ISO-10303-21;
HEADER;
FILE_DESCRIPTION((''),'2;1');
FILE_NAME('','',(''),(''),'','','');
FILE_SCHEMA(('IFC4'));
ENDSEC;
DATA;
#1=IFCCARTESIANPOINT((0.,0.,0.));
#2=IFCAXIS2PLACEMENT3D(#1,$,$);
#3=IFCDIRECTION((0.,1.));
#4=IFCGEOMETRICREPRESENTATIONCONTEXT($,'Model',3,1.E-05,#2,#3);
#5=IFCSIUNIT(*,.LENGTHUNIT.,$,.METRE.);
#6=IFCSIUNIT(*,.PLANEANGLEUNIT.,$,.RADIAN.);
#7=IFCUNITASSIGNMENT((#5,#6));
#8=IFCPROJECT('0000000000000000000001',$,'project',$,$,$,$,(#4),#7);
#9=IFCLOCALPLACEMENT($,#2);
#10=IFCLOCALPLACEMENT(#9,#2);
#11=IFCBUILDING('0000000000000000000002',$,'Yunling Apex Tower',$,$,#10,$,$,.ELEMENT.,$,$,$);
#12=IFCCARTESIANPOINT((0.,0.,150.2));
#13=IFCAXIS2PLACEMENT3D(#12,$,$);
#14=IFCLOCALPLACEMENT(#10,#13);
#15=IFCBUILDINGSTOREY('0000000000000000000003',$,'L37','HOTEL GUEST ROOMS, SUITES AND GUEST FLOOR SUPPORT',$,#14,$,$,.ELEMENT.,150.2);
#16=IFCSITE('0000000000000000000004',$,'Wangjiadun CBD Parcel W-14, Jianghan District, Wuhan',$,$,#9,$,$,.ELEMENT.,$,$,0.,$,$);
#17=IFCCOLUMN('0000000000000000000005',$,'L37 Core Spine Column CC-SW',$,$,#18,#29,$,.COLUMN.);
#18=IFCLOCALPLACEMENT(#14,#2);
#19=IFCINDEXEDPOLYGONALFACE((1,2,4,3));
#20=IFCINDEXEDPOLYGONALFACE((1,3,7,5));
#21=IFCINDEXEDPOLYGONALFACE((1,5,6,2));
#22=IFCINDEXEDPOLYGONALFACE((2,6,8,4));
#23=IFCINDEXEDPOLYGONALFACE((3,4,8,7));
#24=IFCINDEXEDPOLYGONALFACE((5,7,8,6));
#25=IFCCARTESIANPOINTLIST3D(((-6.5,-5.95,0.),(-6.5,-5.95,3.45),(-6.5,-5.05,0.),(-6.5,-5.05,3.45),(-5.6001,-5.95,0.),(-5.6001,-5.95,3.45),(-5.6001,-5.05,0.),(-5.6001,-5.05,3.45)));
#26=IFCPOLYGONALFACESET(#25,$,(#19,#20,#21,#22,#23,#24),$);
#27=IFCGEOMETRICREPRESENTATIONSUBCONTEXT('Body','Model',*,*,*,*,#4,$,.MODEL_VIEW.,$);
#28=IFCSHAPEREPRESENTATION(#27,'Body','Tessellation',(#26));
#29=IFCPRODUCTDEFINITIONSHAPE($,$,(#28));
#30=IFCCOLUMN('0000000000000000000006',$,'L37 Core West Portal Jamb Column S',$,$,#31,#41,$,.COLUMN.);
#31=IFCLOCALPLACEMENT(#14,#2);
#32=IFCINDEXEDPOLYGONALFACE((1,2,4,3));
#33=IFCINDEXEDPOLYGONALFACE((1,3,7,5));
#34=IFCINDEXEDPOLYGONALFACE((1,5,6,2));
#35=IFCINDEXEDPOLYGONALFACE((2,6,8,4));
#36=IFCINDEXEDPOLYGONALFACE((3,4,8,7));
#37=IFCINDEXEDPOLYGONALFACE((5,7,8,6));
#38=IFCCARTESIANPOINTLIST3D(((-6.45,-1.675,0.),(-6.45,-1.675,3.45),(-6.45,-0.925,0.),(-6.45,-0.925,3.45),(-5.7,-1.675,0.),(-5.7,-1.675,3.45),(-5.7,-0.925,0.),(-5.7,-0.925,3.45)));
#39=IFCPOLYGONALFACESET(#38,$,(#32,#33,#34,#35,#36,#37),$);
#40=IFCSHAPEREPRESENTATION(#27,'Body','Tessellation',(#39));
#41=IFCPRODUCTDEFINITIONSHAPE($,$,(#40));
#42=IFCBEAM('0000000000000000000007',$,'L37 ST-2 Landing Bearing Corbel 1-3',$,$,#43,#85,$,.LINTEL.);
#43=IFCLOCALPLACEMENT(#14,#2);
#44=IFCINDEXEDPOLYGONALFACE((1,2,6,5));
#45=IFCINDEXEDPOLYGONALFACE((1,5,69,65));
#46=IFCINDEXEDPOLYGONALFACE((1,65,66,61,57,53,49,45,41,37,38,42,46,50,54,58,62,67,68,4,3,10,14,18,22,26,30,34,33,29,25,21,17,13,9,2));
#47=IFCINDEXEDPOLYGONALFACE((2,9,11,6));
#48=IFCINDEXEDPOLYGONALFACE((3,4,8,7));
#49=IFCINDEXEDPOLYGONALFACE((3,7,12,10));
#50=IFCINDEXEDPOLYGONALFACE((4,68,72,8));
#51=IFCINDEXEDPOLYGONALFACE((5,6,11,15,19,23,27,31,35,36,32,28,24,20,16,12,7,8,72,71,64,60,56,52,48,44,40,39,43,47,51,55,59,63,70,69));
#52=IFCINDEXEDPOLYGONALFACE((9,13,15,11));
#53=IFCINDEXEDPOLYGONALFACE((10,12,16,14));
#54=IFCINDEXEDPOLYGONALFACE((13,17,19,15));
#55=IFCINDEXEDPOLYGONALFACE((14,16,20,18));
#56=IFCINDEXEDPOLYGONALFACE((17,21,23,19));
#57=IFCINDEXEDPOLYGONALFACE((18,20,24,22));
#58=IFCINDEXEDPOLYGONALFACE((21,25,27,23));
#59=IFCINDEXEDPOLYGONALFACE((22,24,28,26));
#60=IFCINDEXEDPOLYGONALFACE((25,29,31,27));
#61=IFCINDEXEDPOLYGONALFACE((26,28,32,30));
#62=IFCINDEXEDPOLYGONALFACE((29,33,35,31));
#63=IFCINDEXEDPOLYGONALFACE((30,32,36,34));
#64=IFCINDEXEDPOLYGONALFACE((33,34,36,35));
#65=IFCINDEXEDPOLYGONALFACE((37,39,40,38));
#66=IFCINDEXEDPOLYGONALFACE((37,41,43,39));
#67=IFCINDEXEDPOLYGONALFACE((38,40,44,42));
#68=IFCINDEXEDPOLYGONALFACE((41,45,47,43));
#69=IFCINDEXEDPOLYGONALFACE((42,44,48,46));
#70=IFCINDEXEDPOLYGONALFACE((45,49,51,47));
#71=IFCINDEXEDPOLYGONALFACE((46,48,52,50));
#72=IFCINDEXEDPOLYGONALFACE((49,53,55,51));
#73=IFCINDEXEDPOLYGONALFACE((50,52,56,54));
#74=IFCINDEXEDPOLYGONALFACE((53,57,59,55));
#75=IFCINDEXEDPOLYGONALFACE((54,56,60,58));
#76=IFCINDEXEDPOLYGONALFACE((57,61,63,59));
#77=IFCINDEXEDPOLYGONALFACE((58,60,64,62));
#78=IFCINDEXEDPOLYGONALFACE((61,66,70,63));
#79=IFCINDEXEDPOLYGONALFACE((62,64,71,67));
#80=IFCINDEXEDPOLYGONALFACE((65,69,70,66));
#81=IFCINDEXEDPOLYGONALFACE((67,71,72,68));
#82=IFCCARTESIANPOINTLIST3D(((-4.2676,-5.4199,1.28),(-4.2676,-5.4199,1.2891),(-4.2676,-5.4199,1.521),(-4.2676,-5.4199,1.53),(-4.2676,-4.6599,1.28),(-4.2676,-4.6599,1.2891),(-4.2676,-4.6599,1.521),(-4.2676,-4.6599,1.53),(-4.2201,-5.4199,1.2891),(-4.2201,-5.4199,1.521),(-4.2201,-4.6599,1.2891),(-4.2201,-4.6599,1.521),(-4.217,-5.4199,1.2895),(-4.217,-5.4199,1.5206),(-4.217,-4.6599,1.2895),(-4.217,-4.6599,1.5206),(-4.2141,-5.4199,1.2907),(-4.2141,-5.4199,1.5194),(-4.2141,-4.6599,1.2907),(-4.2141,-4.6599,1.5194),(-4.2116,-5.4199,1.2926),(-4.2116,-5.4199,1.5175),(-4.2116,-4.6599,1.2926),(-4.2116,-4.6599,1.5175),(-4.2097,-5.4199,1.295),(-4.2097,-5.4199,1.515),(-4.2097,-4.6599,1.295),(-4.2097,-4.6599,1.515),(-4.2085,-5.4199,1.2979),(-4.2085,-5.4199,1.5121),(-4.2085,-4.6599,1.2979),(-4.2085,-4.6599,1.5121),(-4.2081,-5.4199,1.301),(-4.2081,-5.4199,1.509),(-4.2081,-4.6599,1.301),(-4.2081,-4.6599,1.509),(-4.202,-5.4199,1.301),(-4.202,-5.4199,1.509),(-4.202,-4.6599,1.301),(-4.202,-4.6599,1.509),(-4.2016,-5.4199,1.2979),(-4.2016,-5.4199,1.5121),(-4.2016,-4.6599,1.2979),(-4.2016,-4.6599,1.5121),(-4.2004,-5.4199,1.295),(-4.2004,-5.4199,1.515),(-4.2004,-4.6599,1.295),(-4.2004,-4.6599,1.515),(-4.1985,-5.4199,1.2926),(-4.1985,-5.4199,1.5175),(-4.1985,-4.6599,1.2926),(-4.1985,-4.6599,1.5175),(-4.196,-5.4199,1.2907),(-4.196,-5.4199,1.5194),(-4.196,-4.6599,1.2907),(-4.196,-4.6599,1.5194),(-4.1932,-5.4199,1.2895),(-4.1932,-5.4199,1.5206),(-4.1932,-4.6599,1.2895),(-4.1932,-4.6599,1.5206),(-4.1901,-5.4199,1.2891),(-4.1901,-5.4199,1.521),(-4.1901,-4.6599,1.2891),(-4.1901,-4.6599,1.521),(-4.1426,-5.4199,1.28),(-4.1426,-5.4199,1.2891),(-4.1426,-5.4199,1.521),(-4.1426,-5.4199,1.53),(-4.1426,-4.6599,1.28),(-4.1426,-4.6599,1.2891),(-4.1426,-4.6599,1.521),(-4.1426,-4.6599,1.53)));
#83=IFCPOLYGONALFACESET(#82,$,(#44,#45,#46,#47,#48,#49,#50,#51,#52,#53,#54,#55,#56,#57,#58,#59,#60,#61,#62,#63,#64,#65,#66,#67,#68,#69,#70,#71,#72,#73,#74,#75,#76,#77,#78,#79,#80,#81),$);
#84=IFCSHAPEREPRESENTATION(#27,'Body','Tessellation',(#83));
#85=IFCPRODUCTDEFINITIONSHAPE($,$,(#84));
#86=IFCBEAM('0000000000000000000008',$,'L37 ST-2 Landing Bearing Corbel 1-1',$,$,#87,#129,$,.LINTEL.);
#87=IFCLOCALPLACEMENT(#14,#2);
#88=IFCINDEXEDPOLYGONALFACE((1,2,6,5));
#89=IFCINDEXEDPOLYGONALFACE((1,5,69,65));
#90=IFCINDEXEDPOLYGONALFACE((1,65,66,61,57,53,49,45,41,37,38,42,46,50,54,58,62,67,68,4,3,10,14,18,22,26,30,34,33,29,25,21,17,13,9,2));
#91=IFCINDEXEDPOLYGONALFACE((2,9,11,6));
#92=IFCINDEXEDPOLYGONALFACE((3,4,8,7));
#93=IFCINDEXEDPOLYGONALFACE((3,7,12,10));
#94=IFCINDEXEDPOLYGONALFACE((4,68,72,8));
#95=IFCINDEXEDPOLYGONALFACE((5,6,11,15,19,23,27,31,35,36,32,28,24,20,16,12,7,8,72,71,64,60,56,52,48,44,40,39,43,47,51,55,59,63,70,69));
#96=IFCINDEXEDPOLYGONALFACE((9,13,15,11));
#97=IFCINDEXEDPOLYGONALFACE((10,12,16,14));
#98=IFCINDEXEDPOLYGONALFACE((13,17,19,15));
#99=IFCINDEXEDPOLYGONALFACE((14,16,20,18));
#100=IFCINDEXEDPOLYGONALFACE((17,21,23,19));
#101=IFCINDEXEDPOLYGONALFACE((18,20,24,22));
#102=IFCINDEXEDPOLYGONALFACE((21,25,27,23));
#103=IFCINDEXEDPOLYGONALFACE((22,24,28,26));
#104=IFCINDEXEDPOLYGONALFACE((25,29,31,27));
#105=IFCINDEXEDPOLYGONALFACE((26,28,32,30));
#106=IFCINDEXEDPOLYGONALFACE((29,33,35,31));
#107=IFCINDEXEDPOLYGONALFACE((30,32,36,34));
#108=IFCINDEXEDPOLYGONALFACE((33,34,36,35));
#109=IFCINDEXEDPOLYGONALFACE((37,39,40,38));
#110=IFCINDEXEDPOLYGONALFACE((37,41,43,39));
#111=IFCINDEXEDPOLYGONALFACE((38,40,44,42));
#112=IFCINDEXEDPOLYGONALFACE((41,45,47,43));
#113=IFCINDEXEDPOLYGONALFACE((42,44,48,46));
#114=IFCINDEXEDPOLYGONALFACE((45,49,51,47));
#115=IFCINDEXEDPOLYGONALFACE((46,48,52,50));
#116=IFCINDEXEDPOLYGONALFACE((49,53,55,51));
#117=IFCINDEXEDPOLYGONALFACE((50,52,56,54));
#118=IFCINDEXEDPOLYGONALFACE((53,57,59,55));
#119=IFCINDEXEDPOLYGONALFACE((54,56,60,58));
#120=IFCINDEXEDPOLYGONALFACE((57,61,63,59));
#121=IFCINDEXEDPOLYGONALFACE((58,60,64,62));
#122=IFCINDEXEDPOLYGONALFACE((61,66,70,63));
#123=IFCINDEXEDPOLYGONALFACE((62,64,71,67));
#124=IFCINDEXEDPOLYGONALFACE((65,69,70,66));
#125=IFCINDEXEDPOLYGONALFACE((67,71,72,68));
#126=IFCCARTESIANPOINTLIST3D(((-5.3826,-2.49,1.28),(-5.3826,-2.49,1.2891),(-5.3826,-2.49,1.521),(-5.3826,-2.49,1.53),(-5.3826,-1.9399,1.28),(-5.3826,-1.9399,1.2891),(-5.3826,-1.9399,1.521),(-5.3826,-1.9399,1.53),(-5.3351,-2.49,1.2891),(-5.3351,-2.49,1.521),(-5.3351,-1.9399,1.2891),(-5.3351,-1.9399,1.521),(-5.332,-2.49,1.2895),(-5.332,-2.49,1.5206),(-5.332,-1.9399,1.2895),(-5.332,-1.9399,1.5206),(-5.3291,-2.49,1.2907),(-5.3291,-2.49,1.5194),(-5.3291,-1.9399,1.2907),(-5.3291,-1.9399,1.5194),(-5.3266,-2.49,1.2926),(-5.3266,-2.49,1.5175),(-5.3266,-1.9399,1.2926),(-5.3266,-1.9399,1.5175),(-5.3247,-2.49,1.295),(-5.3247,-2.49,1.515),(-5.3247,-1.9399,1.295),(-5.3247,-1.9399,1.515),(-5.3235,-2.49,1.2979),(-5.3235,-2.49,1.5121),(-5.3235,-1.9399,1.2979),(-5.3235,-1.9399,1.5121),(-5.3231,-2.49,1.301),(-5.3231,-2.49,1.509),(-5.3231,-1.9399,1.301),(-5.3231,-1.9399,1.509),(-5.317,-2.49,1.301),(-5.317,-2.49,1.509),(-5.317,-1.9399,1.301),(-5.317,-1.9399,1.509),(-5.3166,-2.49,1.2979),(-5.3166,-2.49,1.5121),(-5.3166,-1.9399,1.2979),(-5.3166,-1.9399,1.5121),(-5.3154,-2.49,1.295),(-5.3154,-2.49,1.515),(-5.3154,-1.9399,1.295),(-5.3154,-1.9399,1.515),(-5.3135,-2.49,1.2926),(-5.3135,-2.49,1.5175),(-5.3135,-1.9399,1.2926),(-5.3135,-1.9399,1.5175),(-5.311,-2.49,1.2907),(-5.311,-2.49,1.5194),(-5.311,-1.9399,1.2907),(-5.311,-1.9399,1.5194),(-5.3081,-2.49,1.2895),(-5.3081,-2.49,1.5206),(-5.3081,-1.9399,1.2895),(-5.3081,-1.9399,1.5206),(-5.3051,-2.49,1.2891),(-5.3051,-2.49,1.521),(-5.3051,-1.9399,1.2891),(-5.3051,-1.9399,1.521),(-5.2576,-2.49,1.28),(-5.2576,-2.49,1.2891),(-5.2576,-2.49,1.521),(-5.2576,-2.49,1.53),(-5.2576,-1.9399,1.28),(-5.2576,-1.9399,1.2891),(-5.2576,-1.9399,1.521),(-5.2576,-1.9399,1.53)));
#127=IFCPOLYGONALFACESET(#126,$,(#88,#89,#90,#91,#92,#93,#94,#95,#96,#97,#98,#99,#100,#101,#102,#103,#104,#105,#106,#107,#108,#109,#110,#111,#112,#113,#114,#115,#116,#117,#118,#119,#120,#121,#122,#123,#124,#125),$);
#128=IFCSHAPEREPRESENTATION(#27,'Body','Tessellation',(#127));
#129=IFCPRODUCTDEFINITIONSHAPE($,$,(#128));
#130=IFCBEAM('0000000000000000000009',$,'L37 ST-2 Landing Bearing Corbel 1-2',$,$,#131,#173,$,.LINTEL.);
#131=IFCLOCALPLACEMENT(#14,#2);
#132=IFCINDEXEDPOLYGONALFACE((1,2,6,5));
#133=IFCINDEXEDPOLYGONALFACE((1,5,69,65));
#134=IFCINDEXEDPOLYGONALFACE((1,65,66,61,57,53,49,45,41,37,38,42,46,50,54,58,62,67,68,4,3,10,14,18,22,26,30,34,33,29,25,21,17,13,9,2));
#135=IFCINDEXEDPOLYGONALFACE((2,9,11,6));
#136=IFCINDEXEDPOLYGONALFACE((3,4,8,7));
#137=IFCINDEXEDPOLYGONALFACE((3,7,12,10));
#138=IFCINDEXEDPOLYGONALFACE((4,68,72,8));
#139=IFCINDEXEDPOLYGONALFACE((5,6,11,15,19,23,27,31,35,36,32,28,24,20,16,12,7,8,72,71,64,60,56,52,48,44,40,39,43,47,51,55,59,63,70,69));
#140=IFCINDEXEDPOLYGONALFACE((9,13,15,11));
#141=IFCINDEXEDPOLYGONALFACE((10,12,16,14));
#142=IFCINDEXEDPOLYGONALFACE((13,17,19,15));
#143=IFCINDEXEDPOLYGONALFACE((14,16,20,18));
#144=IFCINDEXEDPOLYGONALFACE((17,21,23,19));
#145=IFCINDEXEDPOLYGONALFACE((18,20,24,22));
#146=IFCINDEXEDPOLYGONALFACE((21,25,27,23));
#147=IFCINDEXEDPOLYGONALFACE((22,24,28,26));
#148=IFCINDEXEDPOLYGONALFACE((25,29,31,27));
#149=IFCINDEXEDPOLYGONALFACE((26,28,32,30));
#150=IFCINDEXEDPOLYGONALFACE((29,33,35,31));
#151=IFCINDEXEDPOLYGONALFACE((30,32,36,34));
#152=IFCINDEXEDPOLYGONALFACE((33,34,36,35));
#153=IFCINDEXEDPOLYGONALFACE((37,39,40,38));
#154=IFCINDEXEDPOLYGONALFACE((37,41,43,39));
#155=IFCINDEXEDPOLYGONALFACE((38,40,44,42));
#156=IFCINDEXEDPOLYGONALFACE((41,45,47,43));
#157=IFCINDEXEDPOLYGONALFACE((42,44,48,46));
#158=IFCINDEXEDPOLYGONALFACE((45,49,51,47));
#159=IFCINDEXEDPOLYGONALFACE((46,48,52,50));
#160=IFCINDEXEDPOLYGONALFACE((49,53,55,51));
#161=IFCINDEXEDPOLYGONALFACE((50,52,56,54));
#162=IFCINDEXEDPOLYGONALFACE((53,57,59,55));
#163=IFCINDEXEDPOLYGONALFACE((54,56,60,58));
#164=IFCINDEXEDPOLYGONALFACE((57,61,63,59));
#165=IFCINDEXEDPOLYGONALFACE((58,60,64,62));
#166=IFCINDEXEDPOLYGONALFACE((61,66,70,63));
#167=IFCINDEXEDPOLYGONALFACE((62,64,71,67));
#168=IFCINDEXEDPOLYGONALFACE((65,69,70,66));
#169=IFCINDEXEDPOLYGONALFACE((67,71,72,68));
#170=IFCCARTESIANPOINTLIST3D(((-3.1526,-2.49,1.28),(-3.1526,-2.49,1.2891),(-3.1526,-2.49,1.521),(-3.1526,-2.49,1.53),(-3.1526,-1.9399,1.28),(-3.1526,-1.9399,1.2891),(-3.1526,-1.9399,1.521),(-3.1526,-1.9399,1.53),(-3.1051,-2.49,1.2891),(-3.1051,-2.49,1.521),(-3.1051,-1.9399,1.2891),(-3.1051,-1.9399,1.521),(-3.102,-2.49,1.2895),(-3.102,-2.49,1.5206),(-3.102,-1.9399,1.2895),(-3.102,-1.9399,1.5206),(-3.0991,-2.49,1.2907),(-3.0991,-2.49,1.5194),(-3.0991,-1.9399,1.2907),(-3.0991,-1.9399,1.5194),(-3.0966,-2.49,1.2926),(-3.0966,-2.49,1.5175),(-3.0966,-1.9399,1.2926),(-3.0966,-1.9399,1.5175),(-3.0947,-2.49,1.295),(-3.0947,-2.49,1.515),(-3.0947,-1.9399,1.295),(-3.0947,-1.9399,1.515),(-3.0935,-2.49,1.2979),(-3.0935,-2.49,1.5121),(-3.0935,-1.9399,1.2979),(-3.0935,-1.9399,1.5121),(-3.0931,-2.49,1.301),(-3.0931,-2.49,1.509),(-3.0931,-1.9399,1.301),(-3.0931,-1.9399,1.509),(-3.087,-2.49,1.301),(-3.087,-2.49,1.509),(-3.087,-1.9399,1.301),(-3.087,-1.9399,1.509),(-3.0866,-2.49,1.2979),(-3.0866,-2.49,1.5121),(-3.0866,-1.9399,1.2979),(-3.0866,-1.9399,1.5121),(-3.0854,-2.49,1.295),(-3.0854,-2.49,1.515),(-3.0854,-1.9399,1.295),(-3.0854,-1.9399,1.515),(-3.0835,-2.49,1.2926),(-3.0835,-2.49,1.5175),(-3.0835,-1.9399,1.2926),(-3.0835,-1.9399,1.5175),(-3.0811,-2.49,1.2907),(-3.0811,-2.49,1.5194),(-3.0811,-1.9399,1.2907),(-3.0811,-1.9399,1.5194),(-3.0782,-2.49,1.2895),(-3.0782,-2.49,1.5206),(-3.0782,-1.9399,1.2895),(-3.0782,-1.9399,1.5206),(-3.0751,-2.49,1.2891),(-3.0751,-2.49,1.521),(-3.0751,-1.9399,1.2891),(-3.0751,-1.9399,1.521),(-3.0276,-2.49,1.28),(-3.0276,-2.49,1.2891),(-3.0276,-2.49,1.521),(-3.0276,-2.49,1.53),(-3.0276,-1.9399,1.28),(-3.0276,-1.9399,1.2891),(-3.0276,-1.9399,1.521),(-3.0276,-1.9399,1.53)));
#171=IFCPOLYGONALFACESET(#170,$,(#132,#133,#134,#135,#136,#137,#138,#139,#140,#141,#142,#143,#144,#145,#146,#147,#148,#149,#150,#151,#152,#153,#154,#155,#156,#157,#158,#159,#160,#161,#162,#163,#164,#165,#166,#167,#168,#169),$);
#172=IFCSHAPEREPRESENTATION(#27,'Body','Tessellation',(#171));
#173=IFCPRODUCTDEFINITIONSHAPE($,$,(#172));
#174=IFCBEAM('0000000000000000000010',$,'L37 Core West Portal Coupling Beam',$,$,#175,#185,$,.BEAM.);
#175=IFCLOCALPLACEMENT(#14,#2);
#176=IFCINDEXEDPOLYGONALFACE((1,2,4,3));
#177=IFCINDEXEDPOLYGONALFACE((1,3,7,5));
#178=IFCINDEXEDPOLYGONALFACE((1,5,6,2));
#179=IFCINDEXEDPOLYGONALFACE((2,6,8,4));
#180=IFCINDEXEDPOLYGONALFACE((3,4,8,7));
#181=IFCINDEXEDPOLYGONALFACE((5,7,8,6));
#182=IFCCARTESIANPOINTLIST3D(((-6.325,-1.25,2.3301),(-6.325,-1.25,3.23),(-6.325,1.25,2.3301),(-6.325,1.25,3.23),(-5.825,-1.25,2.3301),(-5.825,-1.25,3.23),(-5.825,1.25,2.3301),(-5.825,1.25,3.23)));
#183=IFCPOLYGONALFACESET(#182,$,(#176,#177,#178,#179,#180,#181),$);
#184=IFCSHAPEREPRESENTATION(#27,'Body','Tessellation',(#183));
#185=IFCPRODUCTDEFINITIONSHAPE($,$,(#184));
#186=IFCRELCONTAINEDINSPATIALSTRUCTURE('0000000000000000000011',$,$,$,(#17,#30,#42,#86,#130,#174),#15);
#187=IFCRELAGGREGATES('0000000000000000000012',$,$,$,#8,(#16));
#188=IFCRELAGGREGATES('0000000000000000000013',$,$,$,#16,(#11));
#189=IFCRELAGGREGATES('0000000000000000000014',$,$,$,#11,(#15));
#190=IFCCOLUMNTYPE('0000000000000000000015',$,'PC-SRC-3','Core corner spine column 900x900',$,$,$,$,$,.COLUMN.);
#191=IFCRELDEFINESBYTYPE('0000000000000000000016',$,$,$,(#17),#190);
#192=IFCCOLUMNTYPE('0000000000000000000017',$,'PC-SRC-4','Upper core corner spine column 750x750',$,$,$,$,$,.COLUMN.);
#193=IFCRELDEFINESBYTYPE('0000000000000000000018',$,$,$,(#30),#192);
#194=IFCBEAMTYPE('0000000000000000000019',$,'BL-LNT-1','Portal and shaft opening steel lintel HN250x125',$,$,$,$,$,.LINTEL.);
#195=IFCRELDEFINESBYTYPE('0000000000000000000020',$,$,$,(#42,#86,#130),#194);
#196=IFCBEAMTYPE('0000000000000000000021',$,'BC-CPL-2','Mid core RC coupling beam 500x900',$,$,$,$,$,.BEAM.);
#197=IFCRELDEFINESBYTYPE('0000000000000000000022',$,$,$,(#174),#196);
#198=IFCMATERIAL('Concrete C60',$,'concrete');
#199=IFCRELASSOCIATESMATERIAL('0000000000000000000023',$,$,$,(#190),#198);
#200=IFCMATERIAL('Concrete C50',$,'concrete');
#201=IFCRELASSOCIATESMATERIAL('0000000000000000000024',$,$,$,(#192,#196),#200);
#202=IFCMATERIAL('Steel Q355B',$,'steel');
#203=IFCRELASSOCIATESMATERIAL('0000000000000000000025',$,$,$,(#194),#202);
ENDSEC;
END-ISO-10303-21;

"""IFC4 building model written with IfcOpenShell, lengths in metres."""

from ifc_helpers import new_model, si_unit, direction, frame, origin, origin_2d, place, context, subcontext, project, spatial, rectangle, i_section, extrude, source, transform, mapped, material, material_profile, profile_set, type_object, element, save


model = new_model("IFC4")

# Units and contexts
model_context = context("Model", 3, precision=1e-05, world=origin(), true_north=direction((0.0, 1.0)))
body_context = subcontext(model_context, "Body", "Model", "MODEL_VIEW")
ifc_project = project(units=[si_unit("LENGTHUNIT", "METRE"), si_unit("PLANEANGLEUNIT", "RADIAN")], contexts=[model_context])

# Site, building, storey
site_placement = place(None, origin())
site = spatial("IfcSite", under=ifc_project, at=site_placement, Name="Wangjiadun CBD Parcel W-14, Jianghan District, Wuhan", CompositionType="ELEMENT", RefElevation=0.0)
building_placement = place(site_placement, origin())
building = spatial("IfcBuilding", under=site, at=building_placement, Name="Yunling Apex Tower", CompositionType="ELEMENT")
storey_placement = place(building_placement, frame((0.0, 0.0, 150.2)))
storey = spatial("IfcBuildingStorey", under=building, at=storey_placement, Name="L37", Description="HOTEL GUEST ROOMS, SUITES AND GUEST FLOOR SUPPORT", CompositionType="ELEMENT", Elevation=150.2)

# Columns
ifc_material_1 = material(Name="Concrete C60", Category="concrete")
ifc_material_profile_1 = material_profile(ifc_material_1, rectangle(XDim=0.8999, YDim=0.8999, at=origin_2d()))
ifc_profile_set_1 = profile_set([ifc_material_profile_1], Name="Concrete C60")
column_type_1 = type_object("IfcColumnType", Name="PC-SRC-3", Description="Core corner spine column 900x900", PredefinedType="COLUMN", material=ifc_profile_set_1)
shared_shape_1 = source(origin(), body_context, "Body", "SweptSolid", [
    extrude(rectangle(XDim=0.8999, YDim=0.8999, at=origin_2d()), origin(), (0.0, 0.0, 1.0), 3.45),
])
column_1_placement = place(storey_placement, frame((-6.05, -5.5, 0.0), z_axis=(0.0, 0.0, 1.0), x_axis=(1.0, 0.0, 0.0)))
element("IfcColumn", 1, at=column_1_placement, inside=storey, type_object=column_type_1, Name="L37 Core Spine Column CC-SW", PredefinedType="COLUMN", context=body_context, shape_type="MappedRepresentation", body=[
    mapped(shared_shape_1, transform((0.0, 0.0, 0.0), scale=1.0)),
])
ifc_material_2 = material(Name="Concrete C50", Category="concrete")
ifc_material_profile_2 = material_profile(ifc_material_2, rectangle(XDim=0.75, YDim=0.75, at=origin_2d()))
ifc_profile_set_2 = profile_set([ifc_material_profile_2], Name="Concrete C50")
column_type_2 = type_object("IfcColumnType", Name="PC-SRC-4", Description="Upper core corner spine column 750x750", PredefinedType="COLUMN", material=ifc_profile_set_2)
shared_shape_2 = source(origin(), body_context, "Body", "SweptSolid", [
    extrude(rectangle(XDim=0.75, YDim=0.75, at=origin_2d()), origin(), (0.0, 0.0, 1.0), 3.45),
])
column_2_placement = place(storey_placement, frame((-6.075, -1.3, 0.0), z_axis=(0.0, 0.0, 1.0), x_axis=(1.0, 0.0, 0.0)))
element("IfcColumn", 2, at=column_2_placement, inside=storey, type_object=column_type_2, Name="L37 Core West Portal Jamb Column S", PredefinedType="COLUMN", context=body_context, shape_type="MappedRepresentation", body=[
    mapped(shared_shape_2, transform((0.0, 0.0, 0.0), scale=1.0)),
])

# Beams
ifc_material_3 = material(Name="Steel Q355B", Category="steel")
ifc_material_profile_3 = material_profile(ifc_material_3, i_section(OverallWidth=0.125, OverallDepth=0.25, WebThickness=0.0061, FlangeThickness=0.009, FilletRadius=0.012, at=origin_2d()))
ifc_profile_set_3 = profile_set([ifc_material_profile_3], Name="Steel Q355B")
beam_type_1 = type_object("IfcBeamType", Name="BL-LNT-1", Description="Portal and shaft opening steel lintel HN250x125", PredefinedType="LINTEL", material=ifc_profile_set_3)
shared_shape_3 = source(origin(), body_context, "Body", "SweptSolid", [
    extrude(i_section(OverallWidth=0.125, OverallDepth=0.25, WebThickness=0.0061, FlangeThickness=0.009, FilletRadius=0.012, at=origin_2d()), origin(), (0.0, 0.0, 1.0), 0.76),
])
beam_1_placement = place(storey_placement, frame((-4.2051, -5.4199, 1.405), z_axis=(0.0, 1.0, 0.0), x_axis=(-1.0, 0.0, 0.0)))
element("IfcBeam", 3, at=beam_1_placement, inside=storey, type_object=beam_type_1, Name="L37 ST-2 Landing Bearing Corbel 1-3", PredefinedType="LINTEL", context=body_context, shape_type="MappedRepresentation", body=[
    mapped(shared_shape_3, transform((0.0, 0.0, 0.0), scale=1.0)),
])
shared_shape_4 = source(origin(), body_context, "Body", "SweptSolid", [
    extrude(i_section(OverallWidth=0.125, OverallDepth=0.25, WebThickness=0.0061, FlangeThickness=0.009, FilletRadius=0.012, at=origin_2d()), origin(), (0.0, 0.0, 1.0), 0.55),
])
for number, where, z_axis, x_axis, name in (
    (4, (-5.3201, -1.9399, 1.405), (0.0, -1.0, 0.0), (1.0, 0.0, 0.0), "L37 ST-2 Landing Bearing Corbel 1-1"),
    (5, (-3.0901, -1.9399, 1.405), (0.0, -1.0, 0.0), (1.0, 0.0, 0.0), "L37 ST-2 Landing Bearing Corbel 1-2"),
):
    element("IfcBeam", number, at=place(storey_placement, frame(where, z_axis=z_axis, x_axis=x_axis)), inside=storey, type_object=beam_type_1, Name=name, PredefinedType="LINTEL", context=body_context, shape_type="MappedRepresentation", body=[
        mapped(shared_shape_4, transform((0.0, 0.0, 0.0), scale=1.0)),
    ])
ifc_material_profile_4 = material_profile(ifc_material_2, rectangle(XDim=0.5, YDim=0.8999, at=origin_2d()))
ifc_profile_set_4 = profile_set([ifc_material_profile_4], Name="Concrete C50")
beam_type_2 = type_object("IfcBeamType", Name="BC-CPL-2", Description="Mid core RC coupling beam 500x900", PredefinedType="BEAM", material=ifc_profile_set_4)
shared_shape_5 = source(origin(), body_context, "Body", "SweptSolid", [
    extrude(rectangle(XDim=0.5, YDim=0.8999, at=origin_2d()), origin(), (0.0, 0.0, 1.0), 2.5),
])
beam_2_placement = place(storey_placement, frame((-6.075, -1.25, 2.78), z_axis=(0.0, 1.0, 0.0), x_axis=(-1.0, 0.0, 0.0)))
element("IfcBeam", 6, at=beam_2_placement, inside=storey, type_object=beam_type_2, Name="L37 Core West Portal Coupling Beam", PredefinedType="BEAM", context=body_context, shape_type="MappedRepresentation", body=[
    mapped(shared_shape_5, transform((0.0, 0.0, 0.0), scale=1.0)),
])

save(model, "model.ifc")
